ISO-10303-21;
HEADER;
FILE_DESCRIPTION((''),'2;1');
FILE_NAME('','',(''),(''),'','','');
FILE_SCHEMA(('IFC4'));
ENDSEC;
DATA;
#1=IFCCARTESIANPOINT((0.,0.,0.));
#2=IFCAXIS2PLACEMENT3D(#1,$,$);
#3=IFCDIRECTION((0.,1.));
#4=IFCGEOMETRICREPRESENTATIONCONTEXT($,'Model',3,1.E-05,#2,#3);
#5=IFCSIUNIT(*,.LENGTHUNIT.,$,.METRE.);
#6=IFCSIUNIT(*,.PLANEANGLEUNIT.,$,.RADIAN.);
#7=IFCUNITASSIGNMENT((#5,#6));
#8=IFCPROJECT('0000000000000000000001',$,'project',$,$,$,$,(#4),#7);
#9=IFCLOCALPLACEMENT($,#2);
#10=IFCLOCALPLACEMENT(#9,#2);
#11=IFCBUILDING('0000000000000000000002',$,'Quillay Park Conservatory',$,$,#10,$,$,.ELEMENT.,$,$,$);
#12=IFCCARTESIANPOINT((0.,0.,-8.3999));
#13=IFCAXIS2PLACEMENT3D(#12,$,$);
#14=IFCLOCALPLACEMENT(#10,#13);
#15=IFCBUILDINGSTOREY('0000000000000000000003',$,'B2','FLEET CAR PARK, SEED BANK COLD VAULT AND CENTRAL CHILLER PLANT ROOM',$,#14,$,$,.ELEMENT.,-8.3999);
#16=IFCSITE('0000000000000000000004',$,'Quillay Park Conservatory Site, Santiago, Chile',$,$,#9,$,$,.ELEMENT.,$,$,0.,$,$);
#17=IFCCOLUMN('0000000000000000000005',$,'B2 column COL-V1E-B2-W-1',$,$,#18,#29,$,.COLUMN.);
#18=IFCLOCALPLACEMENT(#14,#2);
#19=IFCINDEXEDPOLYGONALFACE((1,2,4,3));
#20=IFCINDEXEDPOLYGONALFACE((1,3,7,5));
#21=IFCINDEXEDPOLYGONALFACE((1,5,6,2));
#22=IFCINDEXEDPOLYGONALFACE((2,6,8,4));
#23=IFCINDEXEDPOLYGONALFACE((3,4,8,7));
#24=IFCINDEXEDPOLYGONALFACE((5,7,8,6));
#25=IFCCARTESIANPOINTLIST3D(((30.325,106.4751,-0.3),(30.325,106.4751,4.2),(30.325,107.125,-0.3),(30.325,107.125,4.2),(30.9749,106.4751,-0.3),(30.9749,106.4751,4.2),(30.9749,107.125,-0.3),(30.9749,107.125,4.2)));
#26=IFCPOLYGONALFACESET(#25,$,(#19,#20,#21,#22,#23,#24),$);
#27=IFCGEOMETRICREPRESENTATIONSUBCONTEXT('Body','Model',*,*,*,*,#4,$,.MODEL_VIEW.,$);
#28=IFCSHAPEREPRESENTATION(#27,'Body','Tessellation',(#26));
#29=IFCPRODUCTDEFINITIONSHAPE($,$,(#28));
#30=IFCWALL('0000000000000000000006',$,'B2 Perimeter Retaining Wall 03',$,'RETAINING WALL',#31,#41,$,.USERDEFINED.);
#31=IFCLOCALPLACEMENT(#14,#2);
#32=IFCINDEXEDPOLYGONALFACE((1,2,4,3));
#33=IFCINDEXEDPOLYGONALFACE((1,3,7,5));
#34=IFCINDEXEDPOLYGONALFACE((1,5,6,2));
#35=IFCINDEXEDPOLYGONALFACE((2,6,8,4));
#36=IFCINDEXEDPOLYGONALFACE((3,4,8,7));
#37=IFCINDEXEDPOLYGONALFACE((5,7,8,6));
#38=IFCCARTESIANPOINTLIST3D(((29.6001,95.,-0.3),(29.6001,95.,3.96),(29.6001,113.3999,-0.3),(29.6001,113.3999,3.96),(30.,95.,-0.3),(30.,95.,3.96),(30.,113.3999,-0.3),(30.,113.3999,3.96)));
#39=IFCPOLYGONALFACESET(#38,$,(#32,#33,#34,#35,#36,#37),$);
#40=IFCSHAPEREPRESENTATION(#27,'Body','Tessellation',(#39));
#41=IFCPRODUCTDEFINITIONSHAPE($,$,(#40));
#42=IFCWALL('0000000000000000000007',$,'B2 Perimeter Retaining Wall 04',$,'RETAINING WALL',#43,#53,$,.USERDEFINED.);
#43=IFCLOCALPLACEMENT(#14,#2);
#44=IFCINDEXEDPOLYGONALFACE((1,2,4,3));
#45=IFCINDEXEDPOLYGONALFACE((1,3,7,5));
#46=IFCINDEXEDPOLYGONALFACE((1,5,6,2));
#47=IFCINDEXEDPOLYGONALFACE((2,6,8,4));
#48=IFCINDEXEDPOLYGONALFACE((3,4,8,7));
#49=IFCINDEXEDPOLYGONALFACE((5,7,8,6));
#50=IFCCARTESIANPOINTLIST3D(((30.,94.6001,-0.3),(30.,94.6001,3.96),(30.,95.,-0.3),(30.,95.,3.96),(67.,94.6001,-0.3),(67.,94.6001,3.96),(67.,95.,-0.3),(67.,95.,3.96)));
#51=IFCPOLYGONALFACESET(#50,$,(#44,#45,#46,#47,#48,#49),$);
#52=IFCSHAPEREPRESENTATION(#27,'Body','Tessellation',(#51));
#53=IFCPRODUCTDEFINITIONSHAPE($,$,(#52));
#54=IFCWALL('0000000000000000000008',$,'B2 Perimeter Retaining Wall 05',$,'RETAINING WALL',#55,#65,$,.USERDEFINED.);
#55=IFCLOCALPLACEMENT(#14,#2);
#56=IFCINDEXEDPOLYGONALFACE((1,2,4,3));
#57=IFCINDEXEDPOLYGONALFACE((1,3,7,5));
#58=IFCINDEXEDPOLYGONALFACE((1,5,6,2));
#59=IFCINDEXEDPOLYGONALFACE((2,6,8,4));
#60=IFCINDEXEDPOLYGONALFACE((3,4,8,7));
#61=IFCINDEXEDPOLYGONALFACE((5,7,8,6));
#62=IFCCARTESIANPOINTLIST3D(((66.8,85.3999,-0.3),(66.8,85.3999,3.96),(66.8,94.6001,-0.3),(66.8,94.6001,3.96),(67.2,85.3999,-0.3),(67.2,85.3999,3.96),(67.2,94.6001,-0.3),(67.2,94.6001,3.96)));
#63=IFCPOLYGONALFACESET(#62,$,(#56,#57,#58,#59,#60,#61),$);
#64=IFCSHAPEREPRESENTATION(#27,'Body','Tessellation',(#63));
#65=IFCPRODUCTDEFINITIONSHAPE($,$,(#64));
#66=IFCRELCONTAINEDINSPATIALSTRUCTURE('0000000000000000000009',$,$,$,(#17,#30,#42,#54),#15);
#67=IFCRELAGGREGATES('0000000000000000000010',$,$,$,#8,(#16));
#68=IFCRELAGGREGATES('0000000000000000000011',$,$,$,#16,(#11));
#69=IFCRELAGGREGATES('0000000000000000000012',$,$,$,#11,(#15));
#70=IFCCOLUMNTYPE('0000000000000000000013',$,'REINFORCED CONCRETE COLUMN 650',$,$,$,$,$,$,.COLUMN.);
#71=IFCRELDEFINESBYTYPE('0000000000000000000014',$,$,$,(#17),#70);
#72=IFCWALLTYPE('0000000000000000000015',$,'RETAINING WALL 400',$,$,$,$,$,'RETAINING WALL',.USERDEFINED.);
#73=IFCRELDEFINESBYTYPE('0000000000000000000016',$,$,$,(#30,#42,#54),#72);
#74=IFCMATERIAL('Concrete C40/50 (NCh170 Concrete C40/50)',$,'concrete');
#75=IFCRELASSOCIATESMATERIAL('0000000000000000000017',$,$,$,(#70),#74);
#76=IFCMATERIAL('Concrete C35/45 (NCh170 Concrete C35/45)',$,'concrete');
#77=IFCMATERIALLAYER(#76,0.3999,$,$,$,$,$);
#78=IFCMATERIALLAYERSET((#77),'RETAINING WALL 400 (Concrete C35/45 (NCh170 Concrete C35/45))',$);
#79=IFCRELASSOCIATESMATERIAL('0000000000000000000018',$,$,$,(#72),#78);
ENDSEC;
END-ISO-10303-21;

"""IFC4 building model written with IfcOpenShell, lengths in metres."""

from ifc_helpers import new_model, si_unit, direction, frame, frame_2d, origin, origin_2d, place, context, subcontext, project, spatial, rectangle, extrude, material, layer, layer_set, material_profile, profile_set, type_object, element, save


model = new_model("IFC4")

# Units and contexts
model_context = context("Model", 3, precision=1e-05, world=origin(), true_north=direction((0.0, 1.0)))
body_context = subcontext(model_context, "Body", "Model", "MODEL_VIEW")
ifc_project = project(units=[si_unit("LENGTHUNIT", "METRE"), si_unit("PLANEANGLEUNIT", "RADIAN")], contexts=[model_context])

# Site, building, storey
site_placement = place(None, origin())
site = spatial("IfcSite", under=ifc_project, at=site_placement, Name="Quillay Park Conservatory Site, Santiago, Chile", CompositionType="ELEMENT", RefElevation=0.0)
building_placement = place(site_placement, origin())
building = spatial("IfcBuilding", under=site, at=building_placement, Name="Quillay Park Conservatory", CompositionType="ELEMENT")
storey_placement = place(building_placement, frame((0.0, 0.0, -8.3999)))
storey = spatial("IfcBuildingStorey", under=building, at=storey_placement, Name="B2", Description="FLEET CAR PARK, SEED BANK COLD VAULT AND CENTRAL CHILLER PLANT ROOM", CompositionType="ELEMENT", Elevation=-8.3999)

# Column
ifc_material_1 = material(Name="Concrete C40/50 (NCh170 Concrete C40/50)", Category="concrete")
ifc_material_profile_1 = material_profile(ifc_material_1, rectangle(XDim=0.6499, YDim=0.6499, at=origin_2d()), Name="RC650x650")
ifc_profile_set_1 = profile_set([ifc_material_profile_1], Name="Concrete C40/50 (NCh170 Concrete C40/50)")
column_type = type_object("IfcColumnType", Name="REINFORCED CONCRETE COLUMN 650", PredefinedType="COLUMN", material=ifc_profile_set_1)
for number, where, z_axis, x_axis, name in (
    (1, (30.6499, 106.8, -0.3), (0.0, 0.0, 1.0), (1.0, 0.0, 0.0), "B2 column COL-V1E-B2-W-1"),
):
    element("IfcColumn", number, at=place(storey_placement, frame(where, z_axis=z_axis, x_axis=x_axis)), inside=storey, type_object=column_type, Name=name, PredefinedType="COLUMN", context=body_context, shape_type="SweptSolid", body=[
        extrude(rectangle(XDim=0.6499, YDim=0.6499, at=origin_2d()), origin(), (0.0, 0.0, 1.0), 4.5),
    ])

# Walls
ifc_material_2 = material(Name="Concrete C35/45 (NCh170 Concrete C35/45)", Category="concrete")
ifc_layer = layer(ifc_material_2, 0.3999)
ifc_layer_set = layer_set([ifc_layer], Name="RETAINING WALL 400 (Concrete C35/45 (NCh170 Concrete C35/45))")
wall_type = type_object("IfcWallType", Name="RETAINING WALL 400", ElementType="RETAINING WALL", PredefinedType="USERDEFINED", material=ifc_layer_set)
wall_1_placement = place(storey_placement, frame((29.8, 113.3999, -0.3), z_axis=(0.0, 0.0, 1.0), x_axis=(0.0, -1.0, 0.0)))
element("IfcWall", 2, at=wall_1_placement, inside=storey, type_object=wall_type, Name="B2 Perimeter Retaining Wall 03", ObjectType="RETAINING WALL", PredefinedType="USERDEFINED", context=body_context, shape_type="SweptSolid", body=[
    extrude(rectangle(XDim=18.3999, YDim=0.3999, at=frame_2d((9.2, 0.0))), origin(), (0.0, 0.0, 1.0), 4.26),
])
wall_2_placement = place(storey_placement, frame((30.0, 94.8, -0.3), z_axis=(0.0, 0.0, 1.0), x_axis=(1.0, 0.0, 0.0)))
element("IfcWall", 3, at=wall_2_placement, inside=storey, type_object=wall_type, Name="B2 Perimeter Retaining Wall 04", ObjectType="RETAINING WALL", PredefinedType="USERDEFINED", context=body_context, shape_type="SweptSolid", body=[
    extrude(rectangle(XDim=37.0, YDim=0.3999, at=frame_2d((18.5, 0.0))), origin(), (0.0, 0.0, 1.0), 4.26),
])
wall_3_placement = place(storey_placement, frame((67.0, 94.6001, -0.3), z_axis=(0.0, 0.0, 1.0), x_axis=(0.0, -1.0, 0.0)))
element("IfcWall", 4, at=wall_3_placement, inside=storey, type_object=wall_type, Name="B2 Perimeter Retaining Wall 05", ObjectType="RETAINING WALL", PredefinedType="USERDEFINED", context=body_context, shape_type="SweptSolid", body=[
    extrude(rectangle(XDim=9.2002, YDim=0.3999, at=frame_2d((4.6001, 0.0))), origin(), (0.0, 0.0, 1.0), 4.26),
])

save(model, "model.ifc")
